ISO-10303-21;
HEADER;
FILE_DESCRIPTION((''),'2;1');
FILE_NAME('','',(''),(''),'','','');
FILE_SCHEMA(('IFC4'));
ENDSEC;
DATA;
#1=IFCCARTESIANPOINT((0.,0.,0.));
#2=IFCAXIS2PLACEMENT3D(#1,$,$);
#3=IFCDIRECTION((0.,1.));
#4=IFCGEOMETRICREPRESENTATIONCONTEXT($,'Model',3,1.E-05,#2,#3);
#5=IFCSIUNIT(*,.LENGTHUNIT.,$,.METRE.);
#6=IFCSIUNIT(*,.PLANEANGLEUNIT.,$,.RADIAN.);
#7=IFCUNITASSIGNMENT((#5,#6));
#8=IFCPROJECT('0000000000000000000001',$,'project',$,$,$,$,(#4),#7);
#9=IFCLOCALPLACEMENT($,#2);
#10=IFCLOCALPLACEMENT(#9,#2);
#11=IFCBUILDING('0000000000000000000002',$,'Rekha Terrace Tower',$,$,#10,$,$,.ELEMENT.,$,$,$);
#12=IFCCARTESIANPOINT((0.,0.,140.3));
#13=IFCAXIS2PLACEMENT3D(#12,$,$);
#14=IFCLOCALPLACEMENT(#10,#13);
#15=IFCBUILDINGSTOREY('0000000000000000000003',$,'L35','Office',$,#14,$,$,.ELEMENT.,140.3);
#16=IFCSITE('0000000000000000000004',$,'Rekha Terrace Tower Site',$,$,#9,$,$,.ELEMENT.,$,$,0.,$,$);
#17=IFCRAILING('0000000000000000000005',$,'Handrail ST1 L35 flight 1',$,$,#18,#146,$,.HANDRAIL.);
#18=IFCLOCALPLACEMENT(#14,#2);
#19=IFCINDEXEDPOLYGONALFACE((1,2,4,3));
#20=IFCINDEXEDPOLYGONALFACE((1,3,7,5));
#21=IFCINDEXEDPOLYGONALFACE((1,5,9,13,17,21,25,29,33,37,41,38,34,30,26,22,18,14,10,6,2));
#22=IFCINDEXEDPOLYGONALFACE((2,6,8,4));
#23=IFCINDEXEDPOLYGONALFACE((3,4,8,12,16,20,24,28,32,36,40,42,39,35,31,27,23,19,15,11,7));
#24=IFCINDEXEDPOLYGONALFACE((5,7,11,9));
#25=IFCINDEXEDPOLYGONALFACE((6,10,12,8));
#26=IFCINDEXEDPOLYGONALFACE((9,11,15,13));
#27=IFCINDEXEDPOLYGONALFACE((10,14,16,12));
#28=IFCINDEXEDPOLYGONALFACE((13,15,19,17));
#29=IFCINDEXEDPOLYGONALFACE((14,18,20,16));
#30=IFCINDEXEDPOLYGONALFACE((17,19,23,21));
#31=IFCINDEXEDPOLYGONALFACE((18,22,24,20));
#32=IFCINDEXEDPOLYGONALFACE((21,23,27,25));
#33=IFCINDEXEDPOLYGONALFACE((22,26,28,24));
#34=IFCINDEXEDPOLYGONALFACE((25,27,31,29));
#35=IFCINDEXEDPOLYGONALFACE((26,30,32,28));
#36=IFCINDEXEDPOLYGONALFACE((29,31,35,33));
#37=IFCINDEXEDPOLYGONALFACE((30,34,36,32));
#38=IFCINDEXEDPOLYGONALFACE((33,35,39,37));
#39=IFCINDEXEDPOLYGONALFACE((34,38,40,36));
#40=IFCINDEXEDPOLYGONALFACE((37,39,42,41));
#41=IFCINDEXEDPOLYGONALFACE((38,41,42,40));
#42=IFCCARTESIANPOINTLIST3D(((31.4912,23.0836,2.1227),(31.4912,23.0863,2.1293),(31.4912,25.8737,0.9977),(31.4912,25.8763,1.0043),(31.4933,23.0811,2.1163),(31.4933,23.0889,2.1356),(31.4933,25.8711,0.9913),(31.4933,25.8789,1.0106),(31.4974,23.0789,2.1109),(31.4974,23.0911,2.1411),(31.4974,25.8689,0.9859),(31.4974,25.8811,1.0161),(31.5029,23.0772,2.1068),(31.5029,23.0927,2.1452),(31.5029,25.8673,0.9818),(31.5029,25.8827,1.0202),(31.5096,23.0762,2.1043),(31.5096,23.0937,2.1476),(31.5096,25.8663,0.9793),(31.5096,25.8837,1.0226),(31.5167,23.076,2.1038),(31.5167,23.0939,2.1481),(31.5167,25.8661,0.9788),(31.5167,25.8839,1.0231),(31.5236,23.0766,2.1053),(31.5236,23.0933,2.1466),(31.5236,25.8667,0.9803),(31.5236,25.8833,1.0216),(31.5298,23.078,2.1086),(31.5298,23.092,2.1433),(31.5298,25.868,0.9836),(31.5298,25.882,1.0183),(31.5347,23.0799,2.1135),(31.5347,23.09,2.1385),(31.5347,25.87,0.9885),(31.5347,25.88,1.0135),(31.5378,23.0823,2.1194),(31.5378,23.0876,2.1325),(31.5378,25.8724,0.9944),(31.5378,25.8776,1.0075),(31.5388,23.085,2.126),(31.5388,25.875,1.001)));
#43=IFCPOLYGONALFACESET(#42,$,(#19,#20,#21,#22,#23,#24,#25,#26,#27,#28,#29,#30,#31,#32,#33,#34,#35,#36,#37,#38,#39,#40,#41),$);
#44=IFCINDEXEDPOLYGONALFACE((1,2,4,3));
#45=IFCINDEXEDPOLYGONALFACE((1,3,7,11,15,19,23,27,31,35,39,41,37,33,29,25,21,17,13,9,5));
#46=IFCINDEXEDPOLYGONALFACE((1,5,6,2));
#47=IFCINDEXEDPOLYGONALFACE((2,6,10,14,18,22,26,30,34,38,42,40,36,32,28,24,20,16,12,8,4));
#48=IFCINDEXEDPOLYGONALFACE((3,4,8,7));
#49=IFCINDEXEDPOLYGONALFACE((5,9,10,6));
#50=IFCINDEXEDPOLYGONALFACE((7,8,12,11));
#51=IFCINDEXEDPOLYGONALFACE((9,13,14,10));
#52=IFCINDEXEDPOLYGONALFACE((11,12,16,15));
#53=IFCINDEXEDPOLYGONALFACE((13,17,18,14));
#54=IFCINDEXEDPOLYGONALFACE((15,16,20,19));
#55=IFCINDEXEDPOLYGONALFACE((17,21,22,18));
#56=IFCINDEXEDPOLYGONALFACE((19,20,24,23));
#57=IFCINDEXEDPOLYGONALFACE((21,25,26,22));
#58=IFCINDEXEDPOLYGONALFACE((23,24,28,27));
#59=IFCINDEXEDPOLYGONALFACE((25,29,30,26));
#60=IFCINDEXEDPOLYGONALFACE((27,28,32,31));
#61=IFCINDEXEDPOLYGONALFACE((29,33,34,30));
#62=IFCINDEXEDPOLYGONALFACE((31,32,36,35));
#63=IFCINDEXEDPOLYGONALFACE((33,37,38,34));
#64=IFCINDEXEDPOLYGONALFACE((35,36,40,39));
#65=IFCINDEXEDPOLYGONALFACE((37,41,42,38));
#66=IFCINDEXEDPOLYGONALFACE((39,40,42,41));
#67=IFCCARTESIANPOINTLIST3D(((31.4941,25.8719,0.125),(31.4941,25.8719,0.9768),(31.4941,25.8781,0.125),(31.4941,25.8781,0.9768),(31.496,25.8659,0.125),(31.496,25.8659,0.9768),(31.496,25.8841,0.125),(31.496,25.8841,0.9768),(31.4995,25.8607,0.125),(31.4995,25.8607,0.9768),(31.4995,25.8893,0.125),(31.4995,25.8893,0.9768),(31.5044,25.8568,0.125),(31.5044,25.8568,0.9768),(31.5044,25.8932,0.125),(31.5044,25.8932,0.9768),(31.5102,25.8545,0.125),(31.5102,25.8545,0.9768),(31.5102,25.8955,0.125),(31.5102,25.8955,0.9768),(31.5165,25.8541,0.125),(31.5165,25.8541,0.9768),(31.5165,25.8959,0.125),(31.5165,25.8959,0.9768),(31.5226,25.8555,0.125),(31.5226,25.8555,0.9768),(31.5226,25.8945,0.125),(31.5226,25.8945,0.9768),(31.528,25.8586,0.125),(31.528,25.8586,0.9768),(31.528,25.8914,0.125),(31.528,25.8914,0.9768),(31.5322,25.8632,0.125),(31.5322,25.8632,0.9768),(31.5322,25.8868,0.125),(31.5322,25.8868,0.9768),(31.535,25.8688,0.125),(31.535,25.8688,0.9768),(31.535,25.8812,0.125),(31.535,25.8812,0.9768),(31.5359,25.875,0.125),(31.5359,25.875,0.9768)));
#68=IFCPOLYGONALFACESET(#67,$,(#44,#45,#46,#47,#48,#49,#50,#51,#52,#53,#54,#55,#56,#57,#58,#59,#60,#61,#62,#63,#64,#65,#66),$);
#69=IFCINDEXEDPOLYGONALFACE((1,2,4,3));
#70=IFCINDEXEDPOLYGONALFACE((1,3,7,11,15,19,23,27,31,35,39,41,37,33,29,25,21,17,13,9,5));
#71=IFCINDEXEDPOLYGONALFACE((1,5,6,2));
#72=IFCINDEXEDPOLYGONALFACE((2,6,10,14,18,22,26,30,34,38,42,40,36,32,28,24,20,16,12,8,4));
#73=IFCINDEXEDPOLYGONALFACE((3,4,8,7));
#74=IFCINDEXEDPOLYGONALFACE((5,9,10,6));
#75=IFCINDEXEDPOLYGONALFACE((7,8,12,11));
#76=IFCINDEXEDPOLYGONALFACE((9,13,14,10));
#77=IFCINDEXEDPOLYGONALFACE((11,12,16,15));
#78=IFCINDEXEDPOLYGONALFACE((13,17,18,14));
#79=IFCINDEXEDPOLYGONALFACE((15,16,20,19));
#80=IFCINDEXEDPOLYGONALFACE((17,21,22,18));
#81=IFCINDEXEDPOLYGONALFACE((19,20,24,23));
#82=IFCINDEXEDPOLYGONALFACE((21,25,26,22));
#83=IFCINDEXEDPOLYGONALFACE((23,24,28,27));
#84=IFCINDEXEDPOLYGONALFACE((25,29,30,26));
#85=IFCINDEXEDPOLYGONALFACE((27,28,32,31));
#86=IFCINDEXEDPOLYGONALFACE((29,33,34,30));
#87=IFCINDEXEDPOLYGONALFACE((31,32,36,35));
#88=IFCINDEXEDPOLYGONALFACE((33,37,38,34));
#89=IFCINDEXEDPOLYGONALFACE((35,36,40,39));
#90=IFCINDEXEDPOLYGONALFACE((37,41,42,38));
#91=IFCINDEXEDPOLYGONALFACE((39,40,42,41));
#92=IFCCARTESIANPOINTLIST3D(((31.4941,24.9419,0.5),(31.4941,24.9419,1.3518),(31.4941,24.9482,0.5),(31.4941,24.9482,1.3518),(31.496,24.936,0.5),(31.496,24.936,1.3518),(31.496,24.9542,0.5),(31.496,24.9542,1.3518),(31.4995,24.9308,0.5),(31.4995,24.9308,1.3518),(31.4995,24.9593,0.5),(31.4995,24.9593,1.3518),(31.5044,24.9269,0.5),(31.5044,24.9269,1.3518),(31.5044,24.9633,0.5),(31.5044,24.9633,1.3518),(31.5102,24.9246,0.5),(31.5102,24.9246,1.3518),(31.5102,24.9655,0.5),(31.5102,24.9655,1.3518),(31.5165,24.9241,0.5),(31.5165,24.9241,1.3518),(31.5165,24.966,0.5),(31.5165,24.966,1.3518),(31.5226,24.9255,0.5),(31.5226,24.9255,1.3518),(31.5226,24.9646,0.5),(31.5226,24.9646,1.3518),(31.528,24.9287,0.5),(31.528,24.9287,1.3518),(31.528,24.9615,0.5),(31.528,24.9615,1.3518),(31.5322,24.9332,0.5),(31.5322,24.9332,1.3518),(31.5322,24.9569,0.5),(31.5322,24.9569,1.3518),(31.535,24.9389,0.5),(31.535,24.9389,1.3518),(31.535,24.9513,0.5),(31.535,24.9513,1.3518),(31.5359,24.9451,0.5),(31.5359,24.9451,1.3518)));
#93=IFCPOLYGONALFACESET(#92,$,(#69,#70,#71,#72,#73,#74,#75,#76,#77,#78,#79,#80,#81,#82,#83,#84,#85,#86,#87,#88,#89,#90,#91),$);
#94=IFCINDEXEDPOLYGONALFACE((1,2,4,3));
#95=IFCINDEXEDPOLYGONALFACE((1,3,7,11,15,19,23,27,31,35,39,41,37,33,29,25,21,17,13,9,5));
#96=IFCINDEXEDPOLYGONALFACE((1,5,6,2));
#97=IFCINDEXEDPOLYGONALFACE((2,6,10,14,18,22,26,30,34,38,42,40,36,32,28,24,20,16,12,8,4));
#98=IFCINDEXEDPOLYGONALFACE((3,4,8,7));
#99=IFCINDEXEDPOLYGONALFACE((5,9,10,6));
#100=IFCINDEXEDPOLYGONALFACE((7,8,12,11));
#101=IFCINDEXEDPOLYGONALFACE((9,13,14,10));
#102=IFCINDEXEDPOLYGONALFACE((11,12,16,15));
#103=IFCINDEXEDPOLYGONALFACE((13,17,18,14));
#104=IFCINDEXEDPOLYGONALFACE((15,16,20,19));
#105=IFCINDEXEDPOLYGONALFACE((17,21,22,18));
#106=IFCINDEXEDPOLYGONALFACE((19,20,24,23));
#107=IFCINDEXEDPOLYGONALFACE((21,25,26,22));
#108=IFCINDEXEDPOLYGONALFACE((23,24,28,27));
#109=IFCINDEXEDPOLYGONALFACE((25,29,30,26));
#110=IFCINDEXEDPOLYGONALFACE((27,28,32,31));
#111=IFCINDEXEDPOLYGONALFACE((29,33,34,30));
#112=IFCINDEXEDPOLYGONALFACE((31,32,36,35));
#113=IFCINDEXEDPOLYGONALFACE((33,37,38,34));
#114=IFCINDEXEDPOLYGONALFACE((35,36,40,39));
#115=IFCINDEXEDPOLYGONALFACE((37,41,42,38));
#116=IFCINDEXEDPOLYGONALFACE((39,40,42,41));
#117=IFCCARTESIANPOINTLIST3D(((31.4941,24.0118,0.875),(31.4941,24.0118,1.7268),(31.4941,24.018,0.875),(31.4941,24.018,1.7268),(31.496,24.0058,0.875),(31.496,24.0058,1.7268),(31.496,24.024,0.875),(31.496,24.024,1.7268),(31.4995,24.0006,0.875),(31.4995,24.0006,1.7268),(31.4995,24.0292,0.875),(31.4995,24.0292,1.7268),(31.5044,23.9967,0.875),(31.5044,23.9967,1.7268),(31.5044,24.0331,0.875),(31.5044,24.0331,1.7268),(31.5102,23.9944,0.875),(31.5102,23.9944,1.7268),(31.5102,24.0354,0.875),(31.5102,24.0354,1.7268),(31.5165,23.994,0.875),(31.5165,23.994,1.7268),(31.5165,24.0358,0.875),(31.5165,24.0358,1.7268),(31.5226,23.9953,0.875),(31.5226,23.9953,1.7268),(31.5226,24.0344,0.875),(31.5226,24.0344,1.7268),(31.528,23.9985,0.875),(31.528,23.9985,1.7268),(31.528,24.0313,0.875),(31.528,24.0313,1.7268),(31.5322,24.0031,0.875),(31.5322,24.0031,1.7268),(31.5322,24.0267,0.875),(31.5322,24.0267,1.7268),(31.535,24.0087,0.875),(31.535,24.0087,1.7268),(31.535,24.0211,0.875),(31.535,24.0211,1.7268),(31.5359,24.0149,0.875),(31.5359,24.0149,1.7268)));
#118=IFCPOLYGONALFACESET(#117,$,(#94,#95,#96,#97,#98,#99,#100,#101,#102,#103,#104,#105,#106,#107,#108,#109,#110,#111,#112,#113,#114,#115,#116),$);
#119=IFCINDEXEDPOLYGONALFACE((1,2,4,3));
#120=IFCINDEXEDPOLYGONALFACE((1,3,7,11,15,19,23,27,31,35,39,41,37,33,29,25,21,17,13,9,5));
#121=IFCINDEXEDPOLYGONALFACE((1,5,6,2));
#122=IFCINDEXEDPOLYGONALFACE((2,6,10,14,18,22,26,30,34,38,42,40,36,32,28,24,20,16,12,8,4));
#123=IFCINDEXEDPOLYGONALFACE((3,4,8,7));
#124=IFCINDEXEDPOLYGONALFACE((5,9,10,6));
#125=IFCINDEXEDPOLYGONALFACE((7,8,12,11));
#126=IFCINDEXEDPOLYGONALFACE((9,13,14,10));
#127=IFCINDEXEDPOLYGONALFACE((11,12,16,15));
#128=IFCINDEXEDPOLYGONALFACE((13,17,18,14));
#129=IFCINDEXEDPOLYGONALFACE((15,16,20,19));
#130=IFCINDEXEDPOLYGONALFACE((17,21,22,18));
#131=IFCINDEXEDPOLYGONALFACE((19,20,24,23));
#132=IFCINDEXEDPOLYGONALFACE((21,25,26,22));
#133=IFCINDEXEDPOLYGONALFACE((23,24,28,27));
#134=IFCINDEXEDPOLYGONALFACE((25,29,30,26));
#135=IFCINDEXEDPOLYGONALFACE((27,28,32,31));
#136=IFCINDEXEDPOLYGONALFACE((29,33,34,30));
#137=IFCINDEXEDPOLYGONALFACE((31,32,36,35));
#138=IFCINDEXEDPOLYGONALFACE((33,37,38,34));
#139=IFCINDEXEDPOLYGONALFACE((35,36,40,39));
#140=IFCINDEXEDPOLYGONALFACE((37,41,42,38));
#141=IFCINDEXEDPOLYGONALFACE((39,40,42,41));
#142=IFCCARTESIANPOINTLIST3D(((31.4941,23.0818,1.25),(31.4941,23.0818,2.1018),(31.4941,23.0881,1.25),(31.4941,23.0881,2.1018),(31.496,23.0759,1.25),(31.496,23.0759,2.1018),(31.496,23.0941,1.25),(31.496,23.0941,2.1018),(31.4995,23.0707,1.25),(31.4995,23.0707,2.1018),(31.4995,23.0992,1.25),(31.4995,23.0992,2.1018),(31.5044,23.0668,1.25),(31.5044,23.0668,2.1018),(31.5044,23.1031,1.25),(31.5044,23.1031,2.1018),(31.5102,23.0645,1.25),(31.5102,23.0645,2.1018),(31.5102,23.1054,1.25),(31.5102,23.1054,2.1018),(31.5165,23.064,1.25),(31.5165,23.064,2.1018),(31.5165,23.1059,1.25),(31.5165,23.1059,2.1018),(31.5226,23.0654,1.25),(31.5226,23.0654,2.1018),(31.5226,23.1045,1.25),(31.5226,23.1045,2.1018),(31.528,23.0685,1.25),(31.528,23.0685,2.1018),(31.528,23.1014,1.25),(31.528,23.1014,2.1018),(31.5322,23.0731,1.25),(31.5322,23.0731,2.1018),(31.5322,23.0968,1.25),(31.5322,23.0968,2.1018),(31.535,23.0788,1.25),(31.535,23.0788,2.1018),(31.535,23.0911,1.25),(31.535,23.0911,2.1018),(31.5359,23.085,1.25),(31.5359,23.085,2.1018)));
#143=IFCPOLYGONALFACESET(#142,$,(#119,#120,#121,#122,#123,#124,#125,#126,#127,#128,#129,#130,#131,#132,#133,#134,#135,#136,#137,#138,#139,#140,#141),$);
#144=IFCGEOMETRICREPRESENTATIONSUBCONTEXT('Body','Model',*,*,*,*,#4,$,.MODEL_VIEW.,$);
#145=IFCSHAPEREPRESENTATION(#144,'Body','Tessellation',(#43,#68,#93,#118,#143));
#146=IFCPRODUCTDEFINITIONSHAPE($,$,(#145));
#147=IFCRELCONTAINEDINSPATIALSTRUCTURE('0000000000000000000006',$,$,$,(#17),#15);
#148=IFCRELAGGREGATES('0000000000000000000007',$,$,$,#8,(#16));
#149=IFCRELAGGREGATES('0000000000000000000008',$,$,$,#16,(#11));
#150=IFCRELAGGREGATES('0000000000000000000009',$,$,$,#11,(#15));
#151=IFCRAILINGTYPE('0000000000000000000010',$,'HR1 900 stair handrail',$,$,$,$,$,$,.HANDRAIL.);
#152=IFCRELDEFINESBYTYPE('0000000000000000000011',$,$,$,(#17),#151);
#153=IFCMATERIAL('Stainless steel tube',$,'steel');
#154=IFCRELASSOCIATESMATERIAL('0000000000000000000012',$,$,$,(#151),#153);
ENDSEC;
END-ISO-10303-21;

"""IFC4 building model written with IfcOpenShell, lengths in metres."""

from ifc_helpers import new_model, si_unit, direction, frame, origin, origin_2d, place, context, subcontext, project, spatial, circle, extrude, material, type_object, element, save


model = new_model("IFC4")

# Units and contexts
model_context = context("Model", 3, precision=1e-05, world=origin(), true_north=direction((0.0, 1.0)))
body_context = subcontext(model_context, "Body", "Model", "MODEL_VIEW")
ifc_project = project(units=[si_unit("LENGTHUNIT", "METRE"), si_unit("PLANEANGLEUNIT", "RADIAN")], contexts=[model_context])

# Site, building, storey
site_placement = place(None, origin())
site = spatial("IfcSite", under=ifc_project, at=site_placement, Name="Rekha Terrace Tower Site", CompositionType="ELEMENT", RefElevation=0.0)
building_placement = place(site_placement, origin())
building = spatial("IfcBuilding", under=site, at=building_placement, Name="Rekha Terrace Tower", CompositionType="ELEMENT")
storey_placement = place(building_placement, frame((0.0, 0.0, 140.3)))
storey = spatial("IfcBuildingStorey", under=building, at=storey_placement, Name="L35", Description="Office", CompositionType="ELEMENT", Elevation=140.3)

# Railing
ifc_material_1 = material(Name="Stainless steel tube", Category="steel")
railing_type = type_object("IfcRailingType", Name="HR1 900 stair handrail", PredefinedType="HANDRAIL", material=ifc_material_1)
railing_placement = place(storey_placement, frame((31.5149, 25.875, 0.125)))
element("IfcRailing", 1, at=railing_placement, inside=storey, type_object=railing_type, Name="Handrail ST1 L35 flight 1", PredefinedType="HANDRAIL", context=body_context, shape_type="SweptSolid", body=[
    extrude(circle(Radius=0.0239, at=origin_2d()), frame((0.0, 0.0, 0.876), z_axis=(0.0, -0.927443, 0.373964), x_axis=(1.0, 0.0, 0.0)), (0.0, 0.0, 1.0), 3.0083),
    extrude(circle(Radius=0.021, at=origin_2d()), origin(), (0.0, 0.0, 1.0), 0.8518),
    extrude(circle(Radius=0.021, at=origin_2d()), frame((0.0, -0.9299, 0.375)), (0.0, 0.0, 1.0), 0.8518),
    extrude(circle(Radius=0.021, at=origin_2d()), frame((0.0, -1.8601, 0.75)), (0.0, 0.0, 1.0), 0.8518),
    extrude(circle(Radius=0.021, at=origin_2d()), frame((0.0, -2.79, 1.125)), (0.0, 0.0, 1.0), 0.8518),
])

save(model, "model.ifc")
